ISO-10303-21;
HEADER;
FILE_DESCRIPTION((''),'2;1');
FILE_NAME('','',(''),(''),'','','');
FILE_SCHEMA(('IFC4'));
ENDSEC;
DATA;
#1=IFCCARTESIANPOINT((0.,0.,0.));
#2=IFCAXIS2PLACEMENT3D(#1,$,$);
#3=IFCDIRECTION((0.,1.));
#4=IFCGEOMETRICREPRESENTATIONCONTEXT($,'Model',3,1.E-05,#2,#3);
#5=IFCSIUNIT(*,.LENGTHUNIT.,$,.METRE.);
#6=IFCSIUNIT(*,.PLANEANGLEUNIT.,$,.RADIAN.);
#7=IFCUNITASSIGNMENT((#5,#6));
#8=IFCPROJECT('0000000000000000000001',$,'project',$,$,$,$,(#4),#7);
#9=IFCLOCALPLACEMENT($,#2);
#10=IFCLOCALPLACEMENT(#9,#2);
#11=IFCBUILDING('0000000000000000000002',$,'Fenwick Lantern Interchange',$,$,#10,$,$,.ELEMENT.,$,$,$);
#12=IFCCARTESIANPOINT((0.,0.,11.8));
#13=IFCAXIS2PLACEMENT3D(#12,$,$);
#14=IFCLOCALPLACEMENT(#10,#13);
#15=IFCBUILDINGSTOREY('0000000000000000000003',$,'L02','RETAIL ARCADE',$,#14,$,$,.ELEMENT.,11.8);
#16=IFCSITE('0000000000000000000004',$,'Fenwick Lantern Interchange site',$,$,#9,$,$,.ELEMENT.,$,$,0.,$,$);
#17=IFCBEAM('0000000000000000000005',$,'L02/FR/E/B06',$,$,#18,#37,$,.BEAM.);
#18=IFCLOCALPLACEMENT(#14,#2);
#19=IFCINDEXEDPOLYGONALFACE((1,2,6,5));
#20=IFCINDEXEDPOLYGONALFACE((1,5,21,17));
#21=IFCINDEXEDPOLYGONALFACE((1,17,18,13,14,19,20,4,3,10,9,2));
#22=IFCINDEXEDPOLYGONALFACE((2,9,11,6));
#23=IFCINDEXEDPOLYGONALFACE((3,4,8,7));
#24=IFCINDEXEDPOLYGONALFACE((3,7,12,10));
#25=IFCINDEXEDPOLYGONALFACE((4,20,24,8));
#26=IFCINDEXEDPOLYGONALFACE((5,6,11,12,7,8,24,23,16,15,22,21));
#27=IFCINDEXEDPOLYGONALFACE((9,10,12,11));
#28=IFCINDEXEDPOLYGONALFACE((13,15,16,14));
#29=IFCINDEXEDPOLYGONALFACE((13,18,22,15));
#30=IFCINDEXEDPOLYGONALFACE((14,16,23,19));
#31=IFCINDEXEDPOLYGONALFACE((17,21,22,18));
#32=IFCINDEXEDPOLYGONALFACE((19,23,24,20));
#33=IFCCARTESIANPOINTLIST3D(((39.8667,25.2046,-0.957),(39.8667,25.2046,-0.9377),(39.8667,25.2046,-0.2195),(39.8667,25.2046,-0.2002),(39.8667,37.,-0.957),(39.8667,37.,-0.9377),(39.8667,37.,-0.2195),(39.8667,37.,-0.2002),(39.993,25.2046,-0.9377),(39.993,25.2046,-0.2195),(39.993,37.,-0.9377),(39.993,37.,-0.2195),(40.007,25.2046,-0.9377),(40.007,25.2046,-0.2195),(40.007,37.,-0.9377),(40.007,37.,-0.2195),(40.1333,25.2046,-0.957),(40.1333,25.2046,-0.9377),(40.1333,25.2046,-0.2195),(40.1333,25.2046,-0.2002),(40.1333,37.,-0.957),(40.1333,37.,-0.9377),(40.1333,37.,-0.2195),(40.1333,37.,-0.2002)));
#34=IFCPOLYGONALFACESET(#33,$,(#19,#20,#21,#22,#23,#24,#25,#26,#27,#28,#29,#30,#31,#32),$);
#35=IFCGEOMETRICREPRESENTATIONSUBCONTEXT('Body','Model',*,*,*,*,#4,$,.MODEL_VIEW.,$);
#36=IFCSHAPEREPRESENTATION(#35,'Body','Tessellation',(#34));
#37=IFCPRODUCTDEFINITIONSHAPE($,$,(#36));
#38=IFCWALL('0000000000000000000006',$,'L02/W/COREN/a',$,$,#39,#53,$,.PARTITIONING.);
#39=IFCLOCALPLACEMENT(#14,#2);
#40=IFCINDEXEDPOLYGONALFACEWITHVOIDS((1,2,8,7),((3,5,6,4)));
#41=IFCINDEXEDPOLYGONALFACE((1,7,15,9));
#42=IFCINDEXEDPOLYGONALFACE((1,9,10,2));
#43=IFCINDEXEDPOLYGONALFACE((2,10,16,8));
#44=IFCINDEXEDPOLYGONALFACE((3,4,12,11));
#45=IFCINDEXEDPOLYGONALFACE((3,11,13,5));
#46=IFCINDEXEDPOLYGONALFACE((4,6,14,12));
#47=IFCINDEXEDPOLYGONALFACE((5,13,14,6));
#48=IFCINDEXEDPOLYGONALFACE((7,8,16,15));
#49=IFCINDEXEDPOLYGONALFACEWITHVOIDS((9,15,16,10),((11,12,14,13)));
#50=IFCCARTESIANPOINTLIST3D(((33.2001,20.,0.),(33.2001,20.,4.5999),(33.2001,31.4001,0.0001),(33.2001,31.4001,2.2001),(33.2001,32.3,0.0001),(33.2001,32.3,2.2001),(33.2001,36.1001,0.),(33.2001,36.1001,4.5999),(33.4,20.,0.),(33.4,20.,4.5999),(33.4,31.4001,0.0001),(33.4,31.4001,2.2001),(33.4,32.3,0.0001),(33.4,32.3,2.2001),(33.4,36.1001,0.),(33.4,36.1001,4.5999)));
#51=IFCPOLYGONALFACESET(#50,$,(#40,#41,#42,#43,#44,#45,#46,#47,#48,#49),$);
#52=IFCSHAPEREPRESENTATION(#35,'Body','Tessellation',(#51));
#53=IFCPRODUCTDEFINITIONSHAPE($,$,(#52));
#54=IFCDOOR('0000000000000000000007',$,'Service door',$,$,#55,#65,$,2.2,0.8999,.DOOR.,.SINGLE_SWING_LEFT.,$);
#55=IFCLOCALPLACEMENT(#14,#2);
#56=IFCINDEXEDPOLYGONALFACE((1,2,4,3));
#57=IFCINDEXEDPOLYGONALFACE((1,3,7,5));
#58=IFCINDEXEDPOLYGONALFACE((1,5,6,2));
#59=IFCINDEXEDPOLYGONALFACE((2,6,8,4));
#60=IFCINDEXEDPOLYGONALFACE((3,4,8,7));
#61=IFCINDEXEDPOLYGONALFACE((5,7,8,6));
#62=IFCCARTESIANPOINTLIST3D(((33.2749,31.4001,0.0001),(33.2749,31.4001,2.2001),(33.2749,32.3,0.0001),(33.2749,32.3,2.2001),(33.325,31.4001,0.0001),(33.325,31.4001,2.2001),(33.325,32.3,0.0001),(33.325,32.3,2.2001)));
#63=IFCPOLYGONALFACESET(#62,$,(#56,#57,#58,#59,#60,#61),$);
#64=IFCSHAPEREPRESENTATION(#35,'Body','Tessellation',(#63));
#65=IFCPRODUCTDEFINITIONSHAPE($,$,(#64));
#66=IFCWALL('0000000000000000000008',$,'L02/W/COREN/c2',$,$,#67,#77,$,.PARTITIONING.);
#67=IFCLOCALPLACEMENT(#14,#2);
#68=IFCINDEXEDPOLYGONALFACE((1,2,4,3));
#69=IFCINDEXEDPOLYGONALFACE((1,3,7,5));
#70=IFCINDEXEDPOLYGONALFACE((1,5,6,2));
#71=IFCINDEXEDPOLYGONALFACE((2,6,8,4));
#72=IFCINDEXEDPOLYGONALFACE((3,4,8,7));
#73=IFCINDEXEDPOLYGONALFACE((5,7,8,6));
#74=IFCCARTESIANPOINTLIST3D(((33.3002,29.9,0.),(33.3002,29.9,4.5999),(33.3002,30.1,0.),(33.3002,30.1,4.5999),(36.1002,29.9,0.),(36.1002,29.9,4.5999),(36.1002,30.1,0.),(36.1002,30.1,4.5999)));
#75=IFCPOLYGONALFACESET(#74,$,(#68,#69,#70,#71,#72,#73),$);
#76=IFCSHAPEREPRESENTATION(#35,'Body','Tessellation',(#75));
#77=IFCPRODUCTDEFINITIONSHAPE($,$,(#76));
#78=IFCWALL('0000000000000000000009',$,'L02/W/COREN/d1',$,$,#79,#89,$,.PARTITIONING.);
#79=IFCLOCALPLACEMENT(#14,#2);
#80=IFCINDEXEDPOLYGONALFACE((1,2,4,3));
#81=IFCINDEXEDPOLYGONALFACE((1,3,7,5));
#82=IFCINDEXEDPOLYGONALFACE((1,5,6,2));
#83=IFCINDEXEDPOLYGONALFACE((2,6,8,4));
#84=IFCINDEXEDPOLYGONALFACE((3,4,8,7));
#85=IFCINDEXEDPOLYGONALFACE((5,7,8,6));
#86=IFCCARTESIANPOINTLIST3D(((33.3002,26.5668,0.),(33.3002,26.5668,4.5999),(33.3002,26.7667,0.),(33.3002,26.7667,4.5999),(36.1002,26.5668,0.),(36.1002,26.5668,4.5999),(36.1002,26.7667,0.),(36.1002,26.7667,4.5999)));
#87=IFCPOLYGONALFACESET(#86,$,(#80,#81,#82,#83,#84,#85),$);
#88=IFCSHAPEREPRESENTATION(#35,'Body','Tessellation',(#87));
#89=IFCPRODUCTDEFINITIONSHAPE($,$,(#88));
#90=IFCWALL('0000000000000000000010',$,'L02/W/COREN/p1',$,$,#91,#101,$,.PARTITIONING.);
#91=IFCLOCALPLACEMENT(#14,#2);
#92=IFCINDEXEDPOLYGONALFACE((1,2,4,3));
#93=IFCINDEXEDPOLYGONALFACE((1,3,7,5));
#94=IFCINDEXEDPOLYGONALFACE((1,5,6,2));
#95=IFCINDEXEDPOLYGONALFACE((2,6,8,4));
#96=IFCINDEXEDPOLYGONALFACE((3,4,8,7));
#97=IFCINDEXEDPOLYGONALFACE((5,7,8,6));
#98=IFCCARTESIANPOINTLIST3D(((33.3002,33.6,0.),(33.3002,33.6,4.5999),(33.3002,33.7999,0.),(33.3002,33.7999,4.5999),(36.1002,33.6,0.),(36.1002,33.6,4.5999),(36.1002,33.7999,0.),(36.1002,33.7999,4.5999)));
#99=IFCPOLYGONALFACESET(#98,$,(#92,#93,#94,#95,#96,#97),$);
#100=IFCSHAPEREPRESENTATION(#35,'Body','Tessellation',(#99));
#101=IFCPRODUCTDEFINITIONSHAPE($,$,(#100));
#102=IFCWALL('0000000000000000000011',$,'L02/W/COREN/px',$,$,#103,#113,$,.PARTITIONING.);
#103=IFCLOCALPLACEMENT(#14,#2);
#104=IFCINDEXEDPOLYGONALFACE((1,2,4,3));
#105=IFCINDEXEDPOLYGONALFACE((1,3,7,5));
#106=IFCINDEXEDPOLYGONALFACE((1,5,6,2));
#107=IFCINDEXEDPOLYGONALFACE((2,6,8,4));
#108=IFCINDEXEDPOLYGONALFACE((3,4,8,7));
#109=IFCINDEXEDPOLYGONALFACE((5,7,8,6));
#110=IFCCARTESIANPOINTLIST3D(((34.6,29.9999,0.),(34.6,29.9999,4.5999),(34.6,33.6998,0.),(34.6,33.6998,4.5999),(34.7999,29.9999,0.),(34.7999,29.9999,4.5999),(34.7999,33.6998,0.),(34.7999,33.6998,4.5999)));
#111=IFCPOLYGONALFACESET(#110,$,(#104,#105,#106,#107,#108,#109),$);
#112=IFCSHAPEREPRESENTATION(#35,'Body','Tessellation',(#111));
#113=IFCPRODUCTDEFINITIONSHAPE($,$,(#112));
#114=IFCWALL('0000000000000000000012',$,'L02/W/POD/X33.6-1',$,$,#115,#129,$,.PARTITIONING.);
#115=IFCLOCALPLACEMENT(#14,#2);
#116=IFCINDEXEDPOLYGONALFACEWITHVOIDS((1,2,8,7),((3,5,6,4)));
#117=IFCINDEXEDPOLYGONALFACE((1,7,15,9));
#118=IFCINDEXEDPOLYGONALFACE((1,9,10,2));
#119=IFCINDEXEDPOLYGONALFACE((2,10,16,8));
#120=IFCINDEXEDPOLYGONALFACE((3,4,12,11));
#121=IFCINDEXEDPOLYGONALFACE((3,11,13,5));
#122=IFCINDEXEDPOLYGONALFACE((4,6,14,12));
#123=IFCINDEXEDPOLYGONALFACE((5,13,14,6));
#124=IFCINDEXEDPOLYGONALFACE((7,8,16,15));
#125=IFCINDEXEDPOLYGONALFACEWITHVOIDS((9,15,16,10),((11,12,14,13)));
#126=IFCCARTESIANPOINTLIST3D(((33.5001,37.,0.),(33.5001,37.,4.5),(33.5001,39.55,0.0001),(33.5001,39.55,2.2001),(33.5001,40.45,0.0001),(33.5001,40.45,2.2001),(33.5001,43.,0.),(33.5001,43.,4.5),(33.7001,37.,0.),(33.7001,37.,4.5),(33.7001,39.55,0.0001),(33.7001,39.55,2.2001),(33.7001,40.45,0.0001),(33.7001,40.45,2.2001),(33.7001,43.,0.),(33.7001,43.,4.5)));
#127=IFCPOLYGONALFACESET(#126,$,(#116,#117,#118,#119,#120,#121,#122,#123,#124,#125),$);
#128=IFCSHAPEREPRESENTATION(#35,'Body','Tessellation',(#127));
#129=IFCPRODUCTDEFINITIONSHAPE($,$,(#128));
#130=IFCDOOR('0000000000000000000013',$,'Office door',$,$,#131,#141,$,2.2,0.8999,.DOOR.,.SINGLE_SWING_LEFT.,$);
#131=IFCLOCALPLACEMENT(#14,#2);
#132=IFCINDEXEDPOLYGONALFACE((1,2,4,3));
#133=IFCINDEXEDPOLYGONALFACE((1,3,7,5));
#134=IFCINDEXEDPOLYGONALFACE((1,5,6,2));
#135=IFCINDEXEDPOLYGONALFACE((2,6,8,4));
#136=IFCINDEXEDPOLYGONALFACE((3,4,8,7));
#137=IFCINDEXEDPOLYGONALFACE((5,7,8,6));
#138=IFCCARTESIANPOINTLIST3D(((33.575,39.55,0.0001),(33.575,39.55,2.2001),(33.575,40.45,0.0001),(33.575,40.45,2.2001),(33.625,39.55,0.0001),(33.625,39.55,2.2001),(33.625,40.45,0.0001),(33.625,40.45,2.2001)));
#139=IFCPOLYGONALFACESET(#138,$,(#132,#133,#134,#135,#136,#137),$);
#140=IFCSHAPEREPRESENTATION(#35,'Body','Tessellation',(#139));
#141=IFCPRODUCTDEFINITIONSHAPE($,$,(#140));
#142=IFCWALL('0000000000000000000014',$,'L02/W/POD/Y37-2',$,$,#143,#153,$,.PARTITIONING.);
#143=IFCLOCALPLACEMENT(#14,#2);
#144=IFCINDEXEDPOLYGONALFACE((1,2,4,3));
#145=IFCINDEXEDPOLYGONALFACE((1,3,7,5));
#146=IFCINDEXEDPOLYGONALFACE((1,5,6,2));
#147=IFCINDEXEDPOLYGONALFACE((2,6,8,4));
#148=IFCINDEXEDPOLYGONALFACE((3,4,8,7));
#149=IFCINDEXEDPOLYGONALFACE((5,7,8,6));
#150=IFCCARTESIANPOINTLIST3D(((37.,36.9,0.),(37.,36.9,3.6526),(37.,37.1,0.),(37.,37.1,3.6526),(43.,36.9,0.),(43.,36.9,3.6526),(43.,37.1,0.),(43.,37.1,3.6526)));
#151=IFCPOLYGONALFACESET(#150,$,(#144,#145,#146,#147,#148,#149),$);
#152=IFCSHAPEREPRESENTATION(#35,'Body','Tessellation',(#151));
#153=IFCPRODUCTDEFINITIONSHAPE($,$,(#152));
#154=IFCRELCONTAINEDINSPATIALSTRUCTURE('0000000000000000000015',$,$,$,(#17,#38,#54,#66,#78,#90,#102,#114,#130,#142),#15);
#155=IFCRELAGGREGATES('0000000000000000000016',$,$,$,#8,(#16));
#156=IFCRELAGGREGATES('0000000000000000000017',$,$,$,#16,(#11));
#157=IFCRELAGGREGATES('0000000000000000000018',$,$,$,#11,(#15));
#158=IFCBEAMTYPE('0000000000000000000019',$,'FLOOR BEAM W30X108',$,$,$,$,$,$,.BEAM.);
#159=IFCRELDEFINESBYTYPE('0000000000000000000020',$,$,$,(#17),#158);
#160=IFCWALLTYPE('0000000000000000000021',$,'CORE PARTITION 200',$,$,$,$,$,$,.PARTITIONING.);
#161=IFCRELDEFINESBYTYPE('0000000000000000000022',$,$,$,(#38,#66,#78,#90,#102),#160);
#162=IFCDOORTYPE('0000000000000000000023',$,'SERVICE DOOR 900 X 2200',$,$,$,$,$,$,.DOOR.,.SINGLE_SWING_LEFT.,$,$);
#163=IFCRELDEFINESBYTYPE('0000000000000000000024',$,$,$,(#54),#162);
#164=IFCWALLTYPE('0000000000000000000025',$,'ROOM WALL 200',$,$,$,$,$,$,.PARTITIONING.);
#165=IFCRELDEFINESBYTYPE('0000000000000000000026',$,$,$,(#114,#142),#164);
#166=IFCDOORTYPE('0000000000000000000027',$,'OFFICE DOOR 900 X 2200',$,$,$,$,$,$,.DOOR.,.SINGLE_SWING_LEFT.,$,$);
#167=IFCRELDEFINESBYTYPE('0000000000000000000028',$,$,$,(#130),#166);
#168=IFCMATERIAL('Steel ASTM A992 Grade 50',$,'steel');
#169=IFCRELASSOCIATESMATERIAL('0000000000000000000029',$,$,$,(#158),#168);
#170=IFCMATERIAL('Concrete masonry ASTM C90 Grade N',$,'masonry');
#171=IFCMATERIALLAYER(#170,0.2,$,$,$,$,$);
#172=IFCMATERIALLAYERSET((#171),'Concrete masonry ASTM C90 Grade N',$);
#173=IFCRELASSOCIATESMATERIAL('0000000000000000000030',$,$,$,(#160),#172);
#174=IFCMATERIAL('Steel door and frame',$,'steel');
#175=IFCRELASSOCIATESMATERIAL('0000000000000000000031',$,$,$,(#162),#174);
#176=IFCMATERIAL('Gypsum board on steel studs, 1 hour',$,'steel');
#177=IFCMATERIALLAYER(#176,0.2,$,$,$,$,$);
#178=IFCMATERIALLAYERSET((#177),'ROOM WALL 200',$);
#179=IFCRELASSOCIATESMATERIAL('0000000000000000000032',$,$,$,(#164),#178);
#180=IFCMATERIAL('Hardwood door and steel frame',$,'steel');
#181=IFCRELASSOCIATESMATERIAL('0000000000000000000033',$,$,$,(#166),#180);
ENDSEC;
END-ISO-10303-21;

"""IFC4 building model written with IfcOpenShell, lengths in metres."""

from ifc_helpers import new_model, si_unit, direction, frame, frame_2d, origin, origin_2d, place, context, subcontext, project, spatial, rectangle, i_section, extrude, material, layer, layer_set, material_profile, profile_set, type_object, element, fill, save


model = new_model("IFC4")

# Units and contexts
model_context = context("Model", 3, precision=1e-05, world=origin(), true_north=direction((0.0, 1.0)))
body_context = subcontext(model_context, "Body", "Model", "MODEL_VIEW")
ifc_project = project(units=[si_unit("LENGTHUNIT", "METRE"), si_unit("PLANEANGLEUNIT", "RADIAN")], contexts=[model_context])

# Site, building, storey
site_placement = place(None, origin())
site = spatial("IfcSite", under=ifc_project, at=site_placement, Name="Fenwick Lantern Interchange site", CompositionType="ELEMENT", RefElevation=0.0)
building_placement = place(site_placement, origin())
building = spatial("IfcBuilding", under=site, at=building_placement, Name="Fenwick Lantern Interchange", CompositionType="ELEMENT")
storey_placement = place(building_placement, frame((0.0, 0.0, 11.8)))
storey = spatial("IfcBuildingStorey", under=building, at=storey_placement, Name="L02", Description="RETAIL ARCADE", CompositionType="ELEMENT", Elevation=11.8)

# Beam
ifc_material_1 = material(Name="Steel ASTM A992 Grade 50", Category="steel")
ifc_material_profile = material_profile(ifc_material_1, i_section(OverallWidth=0.2666, OverallDepth=0.7568, WebThickness=0.0139, FlangeThickness=0.0193, at=origin_2d()), Name="W30X108")
ifc_profile_set = profile_set([ifc_material_profile], Name="Steel ASTM A992 Grade 50")
beam_type = type_object("IfcBeamType", Name="FLOOR BEAM W30X108", PredefinedType="BEAM", material=ifc_profile_set)
beam_placement = place(storey_placement, frame((40.0, 25.2046, -0.5786), z_axis=(0.0, 1.0, 0.0), x_axis=(-1.0, 0.0, 0.0)))
element("IfcBeam", 1, at=beam_placement, inside=storey, type_object=beam_type, Name="L02/FR/E/B06", PredefinedType="BEAM", context=body_context, shape_type="SweptSolid", body=[
    extrude(i_section(OverallWidth=0.2666, OverallDepth=0.7568, WebThickness=0.0139, FlangeThickness=0.0193, at=origin_2d()), origin(), (0.0, 0.0, 1.0), 11.7954),
])

# Wall, opening, door
ifc_material_2 = material(Name="Concrete masonry ASTM C90 Grade N", Category="masonry")
ifc_layer_1 = layer(ifc_material_2, 0.2)
ifc_layer_set_1 = layer_set([ifc_layer_1], Name="Concrete masonry ASTM C90 Grade N")
wall_type_1 = type_object("IfcWallType", Name="CORE PARTITION 200", PredefinedType="PARTITIONING", material=ifc_layer_set_1)
wall_1_placement = place(storey_placement, frame((33.3, 36.1001, 0.0), z_axis=(0.0, 0.0, 1.0), x_axis=(0.0, -1.0, 0.0)))
wall_1 = element("IfcWall", 2, at=wall_1_placement, inside=storey, type_object=wall_type_1, Name="L02/W/COREN/a", PredefinedType="PARTITIONING", context=body_context, shape_type="SweptSolid", body=[
    extrude(rectangle(XDim=16.1001, YDim=0.2, at=frame_2d((8.05, 0.0))), origin(), (0.0, 0.0, 1.0), 4.5999),
])
opening_1_placement = place(wall_1_placement, frame((3.8, 0.0, 0.0)))
opening_1 = element("IfcOpeningElement", 3, at=opening_1_placement, cuts=wall_1, PredefinedType="OPENING", context=body_context, shape_type="SweptSolid", body=[
    extrude(rectangle(XDim=0.8999, YDim=2.2, at=frame_2d((0.45, 1.1001))), frame((0.0, 0.1099, 0.0), z_axis=(0.0, -1.0, 0.0), x_axis=(1.0, 0.0, 0.0)), (0.0, 0.0, 1.0), 0.22),
])
ifc_material_3 = material(Name="Steel door and frame", Category="steel")
door_type_1 = type_object("IfcDoorType", Name="SERVICE DOOR 900 X 2200", OperationType="SINGLE_SWING_LEFT", PredefinedType="DOOR", material=ifc_material_3)
door_1_placement = place(opening_1_placement, origin())
door_1 = element("IfcDoor", 4, at=door_1_placement, inside=storey, type_object=door_type_1, Name="Service door", OperationType="SINGLE_SWING_LEFT", OverallHeight=2.2, OverallWidth=0.8999, PredefinedType="DOOR", context=body_context, shape_type="SweptSolid", body=[
    extrude(rectangle(XDim=0.8999, YDim=2.2, at=frame_2d((0.45, 1.1001))), frame((0.0, 0.0249, 0.0), z_axis=(0.0, -1.0, 0.0), x_axis=(1.0, 0.0, 0.0)), (0.0, 0.0, 1.0), 0.05),
])
fill(opening_1, door_1)

# Walls
for number, where, z_axis, x_axis, name in (
    (5, (36.1001, 30.0, 0.0), (0.0, 0.0, 1.0), (-1.0, 0.0, 0.0), "L02/W/COREN/c2"),
    (6, (36.1001, 26.6667, 0.0), (0.0, 0.0, 1.0), (-1.0, 0.0, 0.0), "L02/W/COREN/d1"),
    (7, (36.1001, 33.7, 0.0), (0.0, 0.0, 1.0), (-1.0, 0.0, 0.0), "L02/W/COREN/p1"),
):
    element("IfcWall", number, at=place(storey_placement, frame(where, z_axis=z_axis, x_axis=x_axis)), inside=storey, type_object=wall_type_1, Name=name, PredefinedType="PARTITIONING", context=body_context, shape_type="SweptSolid", body=[
        extrude(rectangle(XDim=2.8, YDim=0.2, at=frame_2d((1.3999, 0.0))), origin(), (0.0, 0.0, 1.0), 4.5999),
    ])
wall_2_placement = place(storey_placement, frame((34.7, 33.7, 0.0), z_axis=(0.0, 0.0, 1.0), x_axis=(0.0, -1.0, 0.0)))
element("IfcWall", 8, at=wall_2_placement, inside=storey, type_object=wall_type_1, Name="L02/W/COREN/px", PredefinedType="PARTITIONING", context=body_context, shape_type="SweptSolid", body=[
    extrude(rectangle(XDim=3.7, YDim=0.2, at=frame_2d((1.8501, 0.0))), origin(), (0.0, 0.0, 1.0), 4.5999),
])

# Shared definitions
ifc_material_4 = material(Name="Hardwood door and steel frame", Category="steel")

# Wall, opening, door
ifc_material_5 = material(Name="Gypsum board on steel studs, 1 hour", Category="steel")
ifc_layer_2 = layer(ifc_material_5, 0.2)
ifc_layer_set_2 = layer_set([ifc_layer_2], Name="ROOM WALL 200")
wall_type_2 = type_object("IfcWallType", Name="ROOM WALL 200", PredefinedType="PARTITIONING", material=ifc_layer_set_2)
wall_3_placement = place(storey_placement, frame((33.6001, 37.0, 0.0), z_axis=(0.0, 0.0, 1.0), x_axis=(0.0, 1.0, 0.0)))
wall_3 = element("IfcWall", 9, at=wall_3_placement, inside=storey, type_object=wall_type_2, Name="L02/W/POD/X33.6-1", PredefinedType="PARTITIONING", context=body_context, shape_type="SweptSolid", body=[
    extrude(rectangle(XDim=6.0, YDim=0.2, at=frame_2d((3.0, 0.0))), origin(), (0.0, 0.0, 1.0), 4.5),
])
opening_2_placement = place(wall_3_placement, frame((2.55, 0.0, 0.0)))
opening_2 = element("IfcOpeningElement", 10, at=opening_2_placement, cuts=wall_3, PredefinedType="OPENING", context=body_context, shape_type="SweptSolid", body=[
    extrude(rectangle(XDim=0.8999, YDim=2.2, at=frame_2d((0.45, 1.1001))), frame((0.0, 0.1099, 0.0), z_axis=(0.0, -1.0, 0.0), x_axis=(1.0, 0.0, 0.0)), (0.0, 0.0, 1.0), 0.22),
])
door_type_2 = type_object("IfcDoorType", Name="OFFICE DOOR 900 X 2200", OperationType="SINGLE_SWING_LEFT", PredefinedType="DOOR", material=ifc_material_4)
door_2_placement = place(opening_2_placement, frame((0.8999, 0.0, 0.0), z_axis=(0.0, 0.0, 1.0), x_axis=(-1.0, 0.0, 0.0)))
door_2 = element("IfcDoor", 11, at=door_2_placement, inside=storey, type_object=door_type_2, Name="Office door", OperationType="SINGLE_SWING_LEFT", OverallHeight=2.2, OverallWidth=0.8999, PredefinedType="DOOR", context=body_context, shape_type="SweptSolid", body=[
    extrude(rectangle(XDim=0.8999, YDim=2.2, at=frame_2d((0.45, 1.1001))), frame((0.0, 0.0249, 0.0), z_axis=(0.0, -1.0, 0.0), x_axis=(1.0, 0.0, 0.0)), (0.0, 0.0, 1.0), 0.05),
])
fill(opening_2, door_2)

# Wall
wall_4_placement = place(storey_placement, frame((37.0, 37.0, 0.0), z_axis=(0.0, 0.0, 1.0), x_axis=(1.0, 0.0, 0.0)))
element("IfcWall", 12, at=wall_4_placement, inside=storey, type_object=wall_type_2, Name="L02/W/POD/Y37-2", PredefinedType="PARTITIONING", context=body_context, shape_type="SweptSolid", body=[
    extrude(rectangle(XDim=6.0, YDim=0.2, at=frame_2d((3.0, 0.0))), origin(), (0.0, 0.0, 1.0), 3.6526),
])

save(model, "model.ifc")
